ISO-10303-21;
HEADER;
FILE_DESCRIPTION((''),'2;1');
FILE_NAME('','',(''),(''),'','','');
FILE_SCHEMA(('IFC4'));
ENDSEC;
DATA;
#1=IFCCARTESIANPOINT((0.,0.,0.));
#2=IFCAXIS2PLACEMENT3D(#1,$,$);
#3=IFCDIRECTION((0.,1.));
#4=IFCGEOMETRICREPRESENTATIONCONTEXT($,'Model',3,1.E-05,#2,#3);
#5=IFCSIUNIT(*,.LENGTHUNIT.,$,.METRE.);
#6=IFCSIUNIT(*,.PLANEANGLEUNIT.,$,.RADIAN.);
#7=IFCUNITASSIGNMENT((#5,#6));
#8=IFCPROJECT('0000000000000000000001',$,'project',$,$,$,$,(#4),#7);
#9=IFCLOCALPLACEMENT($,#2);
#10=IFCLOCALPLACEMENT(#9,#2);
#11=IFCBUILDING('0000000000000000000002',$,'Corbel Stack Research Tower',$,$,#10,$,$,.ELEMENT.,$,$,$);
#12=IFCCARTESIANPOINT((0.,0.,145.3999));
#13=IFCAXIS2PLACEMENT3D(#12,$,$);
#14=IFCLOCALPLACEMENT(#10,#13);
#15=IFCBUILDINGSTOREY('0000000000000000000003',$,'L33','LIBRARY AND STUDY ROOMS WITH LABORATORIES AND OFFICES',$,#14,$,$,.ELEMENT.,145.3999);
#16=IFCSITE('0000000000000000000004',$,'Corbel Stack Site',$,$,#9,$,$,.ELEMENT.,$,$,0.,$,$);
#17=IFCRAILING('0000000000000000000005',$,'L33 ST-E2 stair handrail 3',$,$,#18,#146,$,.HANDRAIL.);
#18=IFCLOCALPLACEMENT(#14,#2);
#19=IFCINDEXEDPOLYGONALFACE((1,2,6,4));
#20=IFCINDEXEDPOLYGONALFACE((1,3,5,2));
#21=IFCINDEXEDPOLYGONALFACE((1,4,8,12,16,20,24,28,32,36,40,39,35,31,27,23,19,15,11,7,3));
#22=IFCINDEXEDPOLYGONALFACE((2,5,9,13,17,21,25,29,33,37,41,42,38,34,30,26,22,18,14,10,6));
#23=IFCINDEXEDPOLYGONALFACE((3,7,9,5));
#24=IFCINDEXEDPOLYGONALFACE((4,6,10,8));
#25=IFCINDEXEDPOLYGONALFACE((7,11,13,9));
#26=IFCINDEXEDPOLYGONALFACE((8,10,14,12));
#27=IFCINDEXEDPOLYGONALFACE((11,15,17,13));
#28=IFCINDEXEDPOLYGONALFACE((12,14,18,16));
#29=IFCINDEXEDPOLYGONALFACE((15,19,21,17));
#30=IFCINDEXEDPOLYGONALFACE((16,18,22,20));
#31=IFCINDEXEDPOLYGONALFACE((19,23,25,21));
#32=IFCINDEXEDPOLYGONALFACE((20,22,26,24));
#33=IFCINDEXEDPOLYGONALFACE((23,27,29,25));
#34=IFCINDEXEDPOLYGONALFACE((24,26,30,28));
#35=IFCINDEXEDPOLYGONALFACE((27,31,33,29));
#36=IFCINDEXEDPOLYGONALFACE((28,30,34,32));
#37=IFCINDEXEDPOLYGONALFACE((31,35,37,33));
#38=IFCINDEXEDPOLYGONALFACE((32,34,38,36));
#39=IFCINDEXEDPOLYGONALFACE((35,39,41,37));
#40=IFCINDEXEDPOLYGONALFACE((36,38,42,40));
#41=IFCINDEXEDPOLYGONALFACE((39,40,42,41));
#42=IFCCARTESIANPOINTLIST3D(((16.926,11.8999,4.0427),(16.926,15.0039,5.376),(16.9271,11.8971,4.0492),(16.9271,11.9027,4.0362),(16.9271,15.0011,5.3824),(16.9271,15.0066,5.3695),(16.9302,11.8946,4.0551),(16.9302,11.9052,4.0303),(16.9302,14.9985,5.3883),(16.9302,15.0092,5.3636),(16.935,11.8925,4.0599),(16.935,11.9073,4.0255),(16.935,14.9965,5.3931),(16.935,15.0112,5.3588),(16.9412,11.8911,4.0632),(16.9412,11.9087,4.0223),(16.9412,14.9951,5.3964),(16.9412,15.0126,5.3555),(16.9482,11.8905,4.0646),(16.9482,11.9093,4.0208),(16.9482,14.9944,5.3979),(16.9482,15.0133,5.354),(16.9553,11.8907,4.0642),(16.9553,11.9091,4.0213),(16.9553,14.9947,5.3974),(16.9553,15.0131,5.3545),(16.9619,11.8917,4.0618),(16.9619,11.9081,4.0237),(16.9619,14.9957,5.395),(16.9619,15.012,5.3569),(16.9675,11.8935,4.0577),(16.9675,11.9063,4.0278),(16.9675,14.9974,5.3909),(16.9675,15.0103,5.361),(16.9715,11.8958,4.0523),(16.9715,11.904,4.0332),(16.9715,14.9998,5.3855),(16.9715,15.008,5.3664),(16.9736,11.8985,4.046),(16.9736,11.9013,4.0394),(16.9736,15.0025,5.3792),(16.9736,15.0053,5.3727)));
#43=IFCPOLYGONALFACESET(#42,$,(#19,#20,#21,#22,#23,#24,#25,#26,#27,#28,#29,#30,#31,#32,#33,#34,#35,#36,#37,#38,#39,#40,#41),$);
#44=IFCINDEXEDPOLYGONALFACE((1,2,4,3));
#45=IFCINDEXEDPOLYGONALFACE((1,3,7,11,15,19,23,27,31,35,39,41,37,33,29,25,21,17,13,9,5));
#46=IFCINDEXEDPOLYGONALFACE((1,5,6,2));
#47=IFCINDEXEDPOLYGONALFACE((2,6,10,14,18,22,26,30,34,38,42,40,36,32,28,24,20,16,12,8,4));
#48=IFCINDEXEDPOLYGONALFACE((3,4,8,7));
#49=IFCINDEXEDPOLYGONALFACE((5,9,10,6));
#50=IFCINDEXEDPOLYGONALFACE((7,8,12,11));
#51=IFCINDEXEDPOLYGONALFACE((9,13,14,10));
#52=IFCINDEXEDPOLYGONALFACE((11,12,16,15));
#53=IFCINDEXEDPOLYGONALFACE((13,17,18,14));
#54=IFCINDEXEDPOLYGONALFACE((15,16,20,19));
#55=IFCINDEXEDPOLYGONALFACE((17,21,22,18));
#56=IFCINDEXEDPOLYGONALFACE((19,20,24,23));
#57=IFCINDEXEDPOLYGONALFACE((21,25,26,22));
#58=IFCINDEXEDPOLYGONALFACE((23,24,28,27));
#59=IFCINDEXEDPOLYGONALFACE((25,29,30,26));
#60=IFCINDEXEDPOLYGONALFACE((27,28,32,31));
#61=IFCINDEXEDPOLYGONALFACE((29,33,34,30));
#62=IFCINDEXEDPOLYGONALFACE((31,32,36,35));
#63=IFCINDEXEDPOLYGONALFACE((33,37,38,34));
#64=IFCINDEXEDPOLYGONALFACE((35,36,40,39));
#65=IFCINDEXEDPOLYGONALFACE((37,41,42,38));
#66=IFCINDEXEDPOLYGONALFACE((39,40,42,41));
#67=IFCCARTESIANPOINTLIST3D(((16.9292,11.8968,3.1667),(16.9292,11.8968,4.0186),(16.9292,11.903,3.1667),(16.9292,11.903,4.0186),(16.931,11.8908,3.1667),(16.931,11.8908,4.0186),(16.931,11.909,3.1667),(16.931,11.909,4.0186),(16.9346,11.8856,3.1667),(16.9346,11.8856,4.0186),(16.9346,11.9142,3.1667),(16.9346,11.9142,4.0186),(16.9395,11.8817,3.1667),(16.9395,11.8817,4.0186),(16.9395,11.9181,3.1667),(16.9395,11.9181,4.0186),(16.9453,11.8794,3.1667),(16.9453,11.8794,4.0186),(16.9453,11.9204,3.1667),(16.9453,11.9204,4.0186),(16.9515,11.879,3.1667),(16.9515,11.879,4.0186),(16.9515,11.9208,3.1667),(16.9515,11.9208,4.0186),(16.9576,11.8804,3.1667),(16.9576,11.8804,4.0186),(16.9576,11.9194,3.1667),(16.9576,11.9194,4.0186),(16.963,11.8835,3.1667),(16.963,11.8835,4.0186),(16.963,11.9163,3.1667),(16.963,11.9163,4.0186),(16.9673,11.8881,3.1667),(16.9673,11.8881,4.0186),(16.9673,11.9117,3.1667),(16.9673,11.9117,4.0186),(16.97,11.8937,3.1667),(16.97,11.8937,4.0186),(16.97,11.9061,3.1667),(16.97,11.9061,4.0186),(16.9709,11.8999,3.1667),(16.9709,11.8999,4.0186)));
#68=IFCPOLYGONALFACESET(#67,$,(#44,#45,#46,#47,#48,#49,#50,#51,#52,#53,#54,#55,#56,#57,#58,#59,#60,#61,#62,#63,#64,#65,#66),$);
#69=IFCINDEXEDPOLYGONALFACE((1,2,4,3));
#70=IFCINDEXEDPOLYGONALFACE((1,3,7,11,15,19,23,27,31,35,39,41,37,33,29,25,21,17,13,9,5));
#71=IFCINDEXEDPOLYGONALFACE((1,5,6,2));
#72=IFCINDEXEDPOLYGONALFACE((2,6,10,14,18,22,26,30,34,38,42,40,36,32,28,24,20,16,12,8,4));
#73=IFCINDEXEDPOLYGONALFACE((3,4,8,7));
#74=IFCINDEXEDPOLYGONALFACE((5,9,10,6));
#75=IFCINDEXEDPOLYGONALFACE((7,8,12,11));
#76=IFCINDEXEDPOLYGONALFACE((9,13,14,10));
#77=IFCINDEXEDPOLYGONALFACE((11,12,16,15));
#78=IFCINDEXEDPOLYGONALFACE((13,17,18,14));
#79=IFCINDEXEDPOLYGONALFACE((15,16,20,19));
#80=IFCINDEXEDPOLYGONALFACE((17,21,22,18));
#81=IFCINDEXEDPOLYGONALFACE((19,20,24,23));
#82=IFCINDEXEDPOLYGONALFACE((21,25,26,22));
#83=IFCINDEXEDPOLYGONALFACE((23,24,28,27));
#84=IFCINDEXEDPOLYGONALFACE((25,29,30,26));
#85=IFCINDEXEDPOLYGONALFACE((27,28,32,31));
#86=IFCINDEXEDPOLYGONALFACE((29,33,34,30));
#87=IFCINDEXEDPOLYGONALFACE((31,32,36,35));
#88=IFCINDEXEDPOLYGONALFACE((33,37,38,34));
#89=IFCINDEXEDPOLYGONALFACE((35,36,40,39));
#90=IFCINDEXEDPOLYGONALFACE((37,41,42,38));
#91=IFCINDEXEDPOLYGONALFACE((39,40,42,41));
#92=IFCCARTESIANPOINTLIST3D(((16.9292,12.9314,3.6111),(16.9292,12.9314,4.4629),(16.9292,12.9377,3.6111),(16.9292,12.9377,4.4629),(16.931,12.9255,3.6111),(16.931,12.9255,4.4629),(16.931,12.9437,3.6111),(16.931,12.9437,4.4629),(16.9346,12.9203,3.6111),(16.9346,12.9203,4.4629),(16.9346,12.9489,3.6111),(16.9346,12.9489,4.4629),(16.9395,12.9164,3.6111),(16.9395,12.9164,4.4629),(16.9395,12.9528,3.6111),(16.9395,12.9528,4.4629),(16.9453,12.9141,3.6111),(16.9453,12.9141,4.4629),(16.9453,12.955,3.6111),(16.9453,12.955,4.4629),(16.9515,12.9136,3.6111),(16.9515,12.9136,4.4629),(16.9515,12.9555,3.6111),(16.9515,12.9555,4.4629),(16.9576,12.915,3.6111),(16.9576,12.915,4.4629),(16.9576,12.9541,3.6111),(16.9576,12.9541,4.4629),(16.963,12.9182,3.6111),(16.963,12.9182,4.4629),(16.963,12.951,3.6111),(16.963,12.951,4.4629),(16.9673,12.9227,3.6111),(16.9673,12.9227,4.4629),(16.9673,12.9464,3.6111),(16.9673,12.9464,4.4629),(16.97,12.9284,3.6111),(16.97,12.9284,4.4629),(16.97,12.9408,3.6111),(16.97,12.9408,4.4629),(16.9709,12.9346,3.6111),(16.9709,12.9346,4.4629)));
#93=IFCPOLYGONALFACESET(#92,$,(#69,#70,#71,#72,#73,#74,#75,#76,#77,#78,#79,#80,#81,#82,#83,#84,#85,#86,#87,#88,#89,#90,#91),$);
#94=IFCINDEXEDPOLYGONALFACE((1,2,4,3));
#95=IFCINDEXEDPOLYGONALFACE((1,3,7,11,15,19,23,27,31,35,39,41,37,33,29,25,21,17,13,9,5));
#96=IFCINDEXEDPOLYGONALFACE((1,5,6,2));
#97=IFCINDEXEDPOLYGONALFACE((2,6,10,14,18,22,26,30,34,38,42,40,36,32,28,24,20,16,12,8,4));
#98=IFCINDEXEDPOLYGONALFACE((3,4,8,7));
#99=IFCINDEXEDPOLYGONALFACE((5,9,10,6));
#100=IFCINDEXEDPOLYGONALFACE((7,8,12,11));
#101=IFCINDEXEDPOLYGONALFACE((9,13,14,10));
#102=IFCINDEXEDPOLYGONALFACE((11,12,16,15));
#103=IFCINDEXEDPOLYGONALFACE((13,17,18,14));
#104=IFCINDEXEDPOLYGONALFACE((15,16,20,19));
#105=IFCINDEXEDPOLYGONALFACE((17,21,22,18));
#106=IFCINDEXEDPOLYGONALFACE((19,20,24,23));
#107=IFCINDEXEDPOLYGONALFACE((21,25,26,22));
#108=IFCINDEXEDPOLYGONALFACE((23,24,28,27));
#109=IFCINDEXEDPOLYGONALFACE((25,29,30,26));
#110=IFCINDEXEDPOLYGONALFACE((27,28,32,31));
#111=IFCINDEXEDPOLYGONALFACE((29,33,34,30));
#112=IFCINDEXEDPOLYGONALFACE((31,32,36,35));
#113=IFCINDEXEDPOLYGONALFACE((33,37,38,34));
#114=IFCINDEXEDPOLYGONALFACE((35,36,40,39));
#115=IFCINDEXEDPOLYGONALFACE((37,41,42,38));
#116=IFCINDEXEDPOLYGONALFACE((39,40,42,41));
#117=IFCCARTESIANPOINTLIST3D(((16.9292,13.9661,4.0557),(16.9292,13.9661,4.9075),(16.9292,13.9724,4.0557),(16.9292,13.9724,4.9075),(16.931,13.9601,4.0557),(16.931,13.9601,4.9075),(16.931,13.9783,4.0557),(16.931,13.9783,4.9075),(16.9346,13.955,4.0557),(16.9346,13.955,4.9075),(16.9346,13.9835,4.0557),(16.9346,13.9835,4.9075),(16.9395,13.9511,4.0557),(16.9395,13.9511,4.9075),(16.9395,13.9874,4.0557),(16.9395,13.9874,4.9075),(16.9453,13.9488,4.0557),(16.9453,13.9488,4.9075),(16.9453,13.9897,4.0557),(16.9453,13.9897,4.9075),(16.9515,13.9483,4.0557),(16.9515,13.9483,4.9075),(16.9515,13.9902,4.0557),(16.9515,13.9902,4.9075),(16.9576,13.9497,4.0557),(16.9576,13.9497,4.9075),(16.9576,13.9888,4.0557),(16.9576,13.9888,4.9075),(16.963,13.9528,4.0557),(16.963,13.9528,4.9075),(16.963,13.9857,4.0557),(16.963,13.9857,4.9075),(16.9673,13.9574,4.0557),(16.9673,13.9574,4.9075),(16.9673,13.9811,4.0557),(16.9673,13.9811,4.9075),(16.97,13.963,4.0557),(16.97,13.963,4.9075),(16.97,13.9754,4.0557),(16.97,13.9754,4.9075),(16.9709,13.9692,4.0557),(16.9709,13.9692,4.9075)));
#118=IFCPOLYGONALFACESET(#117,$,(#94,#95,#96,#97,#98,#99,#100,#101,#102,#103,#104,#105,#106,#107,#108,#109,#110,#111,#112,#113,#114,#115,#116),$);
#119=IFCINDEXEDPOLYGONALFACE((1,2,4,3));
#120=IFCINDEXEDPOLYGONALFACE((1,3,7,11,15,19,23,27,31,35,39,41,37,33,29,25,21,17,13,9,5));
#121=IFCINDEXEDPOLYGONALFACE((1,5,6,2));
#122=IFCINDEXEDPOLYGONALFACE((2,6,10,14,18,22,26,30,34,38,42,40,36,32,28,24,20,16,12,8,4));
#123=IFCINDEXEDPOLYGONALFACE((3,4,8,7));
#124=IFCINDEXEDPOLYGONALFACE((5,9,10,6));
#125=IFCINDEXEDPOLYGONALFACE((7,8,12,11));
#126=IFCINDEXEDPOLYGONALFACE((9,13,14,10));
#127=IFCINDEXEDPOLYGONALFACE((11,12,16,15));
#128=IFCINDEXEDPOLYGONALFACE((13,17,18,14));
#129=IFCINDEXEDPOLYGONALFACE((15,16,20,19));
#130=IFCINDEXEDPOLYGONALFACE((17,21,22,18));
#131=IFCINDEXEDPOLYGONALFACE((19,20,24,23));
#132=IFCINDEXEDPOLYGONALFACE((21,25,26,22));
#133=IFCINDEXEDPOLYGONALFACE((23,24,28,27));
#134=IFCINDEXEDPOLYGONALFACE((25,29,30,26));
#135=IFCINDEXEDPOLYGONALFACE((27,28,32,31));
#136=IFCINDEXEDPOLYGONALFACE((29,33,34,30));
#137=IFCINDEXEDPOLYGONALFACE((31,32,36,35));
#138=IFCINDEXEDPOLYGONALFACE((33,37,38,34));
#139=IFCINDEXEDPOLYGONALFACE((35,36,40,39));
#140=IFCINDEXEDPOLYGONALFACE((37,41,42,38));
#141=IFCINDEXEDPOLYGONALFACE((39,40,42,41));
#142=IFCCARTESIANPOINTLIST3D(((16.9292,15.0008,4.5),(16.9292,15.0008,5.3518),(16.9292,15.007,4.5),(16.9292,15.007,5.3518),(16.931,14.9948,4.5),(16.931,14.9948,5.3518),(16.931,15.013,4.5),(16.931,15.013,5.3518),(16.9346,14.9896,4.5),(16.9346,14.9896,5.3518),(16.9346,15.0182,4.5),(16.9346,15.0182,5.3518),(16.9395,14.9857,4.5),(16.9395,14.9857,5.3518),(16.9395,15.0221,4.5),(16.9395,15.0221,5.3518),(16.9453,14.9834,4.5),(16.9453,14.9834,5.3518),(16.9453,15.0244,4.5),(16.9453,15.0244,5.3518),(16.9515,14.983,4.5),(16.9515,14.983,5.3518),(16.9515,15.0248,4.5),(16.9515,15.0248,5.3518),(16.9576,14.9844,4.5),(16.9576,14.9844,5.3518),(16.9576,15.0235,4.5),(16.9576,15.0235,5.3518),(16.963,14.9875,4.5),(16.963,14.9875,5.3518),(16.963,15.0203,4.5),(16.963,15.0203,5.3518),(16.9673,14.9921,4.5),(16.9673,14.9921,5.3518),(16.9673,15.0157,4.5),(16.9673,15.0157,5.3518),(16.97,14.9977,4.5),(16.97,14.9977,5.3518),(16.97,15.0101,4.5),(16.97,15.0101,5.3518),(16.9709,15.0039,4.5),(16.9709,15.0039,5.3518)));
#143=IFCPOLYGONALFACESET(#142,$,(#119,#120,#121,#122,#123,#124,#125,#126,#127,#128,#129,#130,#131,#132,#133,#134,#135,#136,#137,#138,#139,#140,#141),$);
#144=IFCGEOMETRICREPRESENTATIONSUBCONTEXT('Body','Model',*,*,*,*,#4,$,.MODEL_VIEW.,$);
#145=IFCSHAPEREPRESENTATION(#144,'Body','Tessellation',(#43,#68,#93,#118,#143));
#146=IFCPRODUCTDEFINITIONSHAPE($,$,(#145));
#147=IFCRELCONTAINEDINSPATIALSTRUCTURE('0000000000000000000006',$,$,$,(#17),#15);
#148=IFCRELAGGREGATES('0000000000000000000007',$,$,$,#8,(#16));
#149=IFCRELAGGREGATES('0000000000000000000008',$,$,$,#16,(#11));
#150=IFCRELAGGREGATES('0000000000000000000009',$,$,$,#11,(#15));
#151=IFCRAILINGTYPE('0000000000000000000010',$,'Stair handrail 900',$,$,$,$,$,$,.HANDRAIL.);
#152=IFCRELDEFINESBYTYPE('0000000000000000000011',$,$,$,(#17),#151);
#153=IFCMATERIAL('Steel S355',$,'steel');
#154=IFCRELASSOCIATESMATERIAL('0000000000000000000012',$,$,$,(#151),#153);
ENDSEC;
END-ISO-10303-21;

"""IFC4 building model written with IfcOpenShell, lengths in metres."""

from ifc_helpers import new_model, si_unit, direction, frame, origin, origin_2d, place, context, subcontext, project, spatial, circle, extrude, material, type_object, element, save


model = new_model("IFC4")

# Units and contexts
model_context = context("Model", 3, precision=1e-05, world=origin(), true_north=direction((0.0, 1.0)))
body_context = subcontext(model_context, "Body", "Model", "MODEL_VIEW")
ifc_project = project(units=[si_unit("LENGTHUNIT", "METRE"), si_unit("PLANEANGLEUNIT", "RADIAN")], contexts=[model_context])

# Site, building, storey
site_placement = place(None, origin())
site = spatial("IfcSite", under=ifc_project, at=site_placement, Name="Corbel Stack Site", CompositionType="ELEMENT", RefElevation=0.0)
building_placement = place(site_placement, origin())
building = spatial("IfcBuilding", under=site, at=building_placement, Name="Corbel Stack Research Tower", CompositionType="ELEMENT")
storey_placement = place(building_placement, frame((0.0, 0.0, 145.3999)))
storey = spatial("IfcBuildingStorey", under=building, at=storey_placement, Name="L33", Description="LIBRARY AND STUDY ROOMS WITH LABORATORIES AND OFFICES", CompositionType="ELEMENT", Elevation=145.3999)

# Railing
ifc_material_1 = material(Name="Steel S355", Category="steel")
railing_type_1 = type_object("IfcRailingType", Name="Stair handrail 900", PredefinedType="HANDRAIL", material=ifc_material_1)
for number, where, name in (
    (1, (16.95, 11.8999, 3.1667), "L33 ST-E2 stair handrail 3"),
):
    element("IfcRailing", number, at=place(storey_placement, frame(where)), inside=storey, type_object=railing_type_1, Name=name, PredefinedType="HANDRAIL", context=body_context, shape_type="SweptSolid", body=[
        extrude(circle(Radius=0.0239, at=origin_2d()), frame((0.0, 0.0, 0.876), z_axis=(0.0, 0.918827, 0.394661), x_axis=(-1.0, 0.0, 0.0)), (0.0, 0.0, 1.0), 3.3782),
        extrude(circle(Radius=0.021, at=origin_2d()), origin(), (0.0, 0.0, 1.0), 0.8518),
        extrude(circle(Radius=0.021, at=origin_2d()), frame((0.0, 1.0347, 0.4443)), (0.0, 0.0, 1.0), 0.8518),
        extrude(circle(Radius=0.021, at=origin_2d()), frame((0.0, 2.0693, 0.8889)), (0.0, 0.0, 1.0), 0.8518),
        extrude(circle(Radius=0.021, at=origin_2d()), frame((0.0, 3.104, 1.3333)), (0.0, 0.0, 1.0), 0.8518),
    ])

save(model, "model.ifc")
